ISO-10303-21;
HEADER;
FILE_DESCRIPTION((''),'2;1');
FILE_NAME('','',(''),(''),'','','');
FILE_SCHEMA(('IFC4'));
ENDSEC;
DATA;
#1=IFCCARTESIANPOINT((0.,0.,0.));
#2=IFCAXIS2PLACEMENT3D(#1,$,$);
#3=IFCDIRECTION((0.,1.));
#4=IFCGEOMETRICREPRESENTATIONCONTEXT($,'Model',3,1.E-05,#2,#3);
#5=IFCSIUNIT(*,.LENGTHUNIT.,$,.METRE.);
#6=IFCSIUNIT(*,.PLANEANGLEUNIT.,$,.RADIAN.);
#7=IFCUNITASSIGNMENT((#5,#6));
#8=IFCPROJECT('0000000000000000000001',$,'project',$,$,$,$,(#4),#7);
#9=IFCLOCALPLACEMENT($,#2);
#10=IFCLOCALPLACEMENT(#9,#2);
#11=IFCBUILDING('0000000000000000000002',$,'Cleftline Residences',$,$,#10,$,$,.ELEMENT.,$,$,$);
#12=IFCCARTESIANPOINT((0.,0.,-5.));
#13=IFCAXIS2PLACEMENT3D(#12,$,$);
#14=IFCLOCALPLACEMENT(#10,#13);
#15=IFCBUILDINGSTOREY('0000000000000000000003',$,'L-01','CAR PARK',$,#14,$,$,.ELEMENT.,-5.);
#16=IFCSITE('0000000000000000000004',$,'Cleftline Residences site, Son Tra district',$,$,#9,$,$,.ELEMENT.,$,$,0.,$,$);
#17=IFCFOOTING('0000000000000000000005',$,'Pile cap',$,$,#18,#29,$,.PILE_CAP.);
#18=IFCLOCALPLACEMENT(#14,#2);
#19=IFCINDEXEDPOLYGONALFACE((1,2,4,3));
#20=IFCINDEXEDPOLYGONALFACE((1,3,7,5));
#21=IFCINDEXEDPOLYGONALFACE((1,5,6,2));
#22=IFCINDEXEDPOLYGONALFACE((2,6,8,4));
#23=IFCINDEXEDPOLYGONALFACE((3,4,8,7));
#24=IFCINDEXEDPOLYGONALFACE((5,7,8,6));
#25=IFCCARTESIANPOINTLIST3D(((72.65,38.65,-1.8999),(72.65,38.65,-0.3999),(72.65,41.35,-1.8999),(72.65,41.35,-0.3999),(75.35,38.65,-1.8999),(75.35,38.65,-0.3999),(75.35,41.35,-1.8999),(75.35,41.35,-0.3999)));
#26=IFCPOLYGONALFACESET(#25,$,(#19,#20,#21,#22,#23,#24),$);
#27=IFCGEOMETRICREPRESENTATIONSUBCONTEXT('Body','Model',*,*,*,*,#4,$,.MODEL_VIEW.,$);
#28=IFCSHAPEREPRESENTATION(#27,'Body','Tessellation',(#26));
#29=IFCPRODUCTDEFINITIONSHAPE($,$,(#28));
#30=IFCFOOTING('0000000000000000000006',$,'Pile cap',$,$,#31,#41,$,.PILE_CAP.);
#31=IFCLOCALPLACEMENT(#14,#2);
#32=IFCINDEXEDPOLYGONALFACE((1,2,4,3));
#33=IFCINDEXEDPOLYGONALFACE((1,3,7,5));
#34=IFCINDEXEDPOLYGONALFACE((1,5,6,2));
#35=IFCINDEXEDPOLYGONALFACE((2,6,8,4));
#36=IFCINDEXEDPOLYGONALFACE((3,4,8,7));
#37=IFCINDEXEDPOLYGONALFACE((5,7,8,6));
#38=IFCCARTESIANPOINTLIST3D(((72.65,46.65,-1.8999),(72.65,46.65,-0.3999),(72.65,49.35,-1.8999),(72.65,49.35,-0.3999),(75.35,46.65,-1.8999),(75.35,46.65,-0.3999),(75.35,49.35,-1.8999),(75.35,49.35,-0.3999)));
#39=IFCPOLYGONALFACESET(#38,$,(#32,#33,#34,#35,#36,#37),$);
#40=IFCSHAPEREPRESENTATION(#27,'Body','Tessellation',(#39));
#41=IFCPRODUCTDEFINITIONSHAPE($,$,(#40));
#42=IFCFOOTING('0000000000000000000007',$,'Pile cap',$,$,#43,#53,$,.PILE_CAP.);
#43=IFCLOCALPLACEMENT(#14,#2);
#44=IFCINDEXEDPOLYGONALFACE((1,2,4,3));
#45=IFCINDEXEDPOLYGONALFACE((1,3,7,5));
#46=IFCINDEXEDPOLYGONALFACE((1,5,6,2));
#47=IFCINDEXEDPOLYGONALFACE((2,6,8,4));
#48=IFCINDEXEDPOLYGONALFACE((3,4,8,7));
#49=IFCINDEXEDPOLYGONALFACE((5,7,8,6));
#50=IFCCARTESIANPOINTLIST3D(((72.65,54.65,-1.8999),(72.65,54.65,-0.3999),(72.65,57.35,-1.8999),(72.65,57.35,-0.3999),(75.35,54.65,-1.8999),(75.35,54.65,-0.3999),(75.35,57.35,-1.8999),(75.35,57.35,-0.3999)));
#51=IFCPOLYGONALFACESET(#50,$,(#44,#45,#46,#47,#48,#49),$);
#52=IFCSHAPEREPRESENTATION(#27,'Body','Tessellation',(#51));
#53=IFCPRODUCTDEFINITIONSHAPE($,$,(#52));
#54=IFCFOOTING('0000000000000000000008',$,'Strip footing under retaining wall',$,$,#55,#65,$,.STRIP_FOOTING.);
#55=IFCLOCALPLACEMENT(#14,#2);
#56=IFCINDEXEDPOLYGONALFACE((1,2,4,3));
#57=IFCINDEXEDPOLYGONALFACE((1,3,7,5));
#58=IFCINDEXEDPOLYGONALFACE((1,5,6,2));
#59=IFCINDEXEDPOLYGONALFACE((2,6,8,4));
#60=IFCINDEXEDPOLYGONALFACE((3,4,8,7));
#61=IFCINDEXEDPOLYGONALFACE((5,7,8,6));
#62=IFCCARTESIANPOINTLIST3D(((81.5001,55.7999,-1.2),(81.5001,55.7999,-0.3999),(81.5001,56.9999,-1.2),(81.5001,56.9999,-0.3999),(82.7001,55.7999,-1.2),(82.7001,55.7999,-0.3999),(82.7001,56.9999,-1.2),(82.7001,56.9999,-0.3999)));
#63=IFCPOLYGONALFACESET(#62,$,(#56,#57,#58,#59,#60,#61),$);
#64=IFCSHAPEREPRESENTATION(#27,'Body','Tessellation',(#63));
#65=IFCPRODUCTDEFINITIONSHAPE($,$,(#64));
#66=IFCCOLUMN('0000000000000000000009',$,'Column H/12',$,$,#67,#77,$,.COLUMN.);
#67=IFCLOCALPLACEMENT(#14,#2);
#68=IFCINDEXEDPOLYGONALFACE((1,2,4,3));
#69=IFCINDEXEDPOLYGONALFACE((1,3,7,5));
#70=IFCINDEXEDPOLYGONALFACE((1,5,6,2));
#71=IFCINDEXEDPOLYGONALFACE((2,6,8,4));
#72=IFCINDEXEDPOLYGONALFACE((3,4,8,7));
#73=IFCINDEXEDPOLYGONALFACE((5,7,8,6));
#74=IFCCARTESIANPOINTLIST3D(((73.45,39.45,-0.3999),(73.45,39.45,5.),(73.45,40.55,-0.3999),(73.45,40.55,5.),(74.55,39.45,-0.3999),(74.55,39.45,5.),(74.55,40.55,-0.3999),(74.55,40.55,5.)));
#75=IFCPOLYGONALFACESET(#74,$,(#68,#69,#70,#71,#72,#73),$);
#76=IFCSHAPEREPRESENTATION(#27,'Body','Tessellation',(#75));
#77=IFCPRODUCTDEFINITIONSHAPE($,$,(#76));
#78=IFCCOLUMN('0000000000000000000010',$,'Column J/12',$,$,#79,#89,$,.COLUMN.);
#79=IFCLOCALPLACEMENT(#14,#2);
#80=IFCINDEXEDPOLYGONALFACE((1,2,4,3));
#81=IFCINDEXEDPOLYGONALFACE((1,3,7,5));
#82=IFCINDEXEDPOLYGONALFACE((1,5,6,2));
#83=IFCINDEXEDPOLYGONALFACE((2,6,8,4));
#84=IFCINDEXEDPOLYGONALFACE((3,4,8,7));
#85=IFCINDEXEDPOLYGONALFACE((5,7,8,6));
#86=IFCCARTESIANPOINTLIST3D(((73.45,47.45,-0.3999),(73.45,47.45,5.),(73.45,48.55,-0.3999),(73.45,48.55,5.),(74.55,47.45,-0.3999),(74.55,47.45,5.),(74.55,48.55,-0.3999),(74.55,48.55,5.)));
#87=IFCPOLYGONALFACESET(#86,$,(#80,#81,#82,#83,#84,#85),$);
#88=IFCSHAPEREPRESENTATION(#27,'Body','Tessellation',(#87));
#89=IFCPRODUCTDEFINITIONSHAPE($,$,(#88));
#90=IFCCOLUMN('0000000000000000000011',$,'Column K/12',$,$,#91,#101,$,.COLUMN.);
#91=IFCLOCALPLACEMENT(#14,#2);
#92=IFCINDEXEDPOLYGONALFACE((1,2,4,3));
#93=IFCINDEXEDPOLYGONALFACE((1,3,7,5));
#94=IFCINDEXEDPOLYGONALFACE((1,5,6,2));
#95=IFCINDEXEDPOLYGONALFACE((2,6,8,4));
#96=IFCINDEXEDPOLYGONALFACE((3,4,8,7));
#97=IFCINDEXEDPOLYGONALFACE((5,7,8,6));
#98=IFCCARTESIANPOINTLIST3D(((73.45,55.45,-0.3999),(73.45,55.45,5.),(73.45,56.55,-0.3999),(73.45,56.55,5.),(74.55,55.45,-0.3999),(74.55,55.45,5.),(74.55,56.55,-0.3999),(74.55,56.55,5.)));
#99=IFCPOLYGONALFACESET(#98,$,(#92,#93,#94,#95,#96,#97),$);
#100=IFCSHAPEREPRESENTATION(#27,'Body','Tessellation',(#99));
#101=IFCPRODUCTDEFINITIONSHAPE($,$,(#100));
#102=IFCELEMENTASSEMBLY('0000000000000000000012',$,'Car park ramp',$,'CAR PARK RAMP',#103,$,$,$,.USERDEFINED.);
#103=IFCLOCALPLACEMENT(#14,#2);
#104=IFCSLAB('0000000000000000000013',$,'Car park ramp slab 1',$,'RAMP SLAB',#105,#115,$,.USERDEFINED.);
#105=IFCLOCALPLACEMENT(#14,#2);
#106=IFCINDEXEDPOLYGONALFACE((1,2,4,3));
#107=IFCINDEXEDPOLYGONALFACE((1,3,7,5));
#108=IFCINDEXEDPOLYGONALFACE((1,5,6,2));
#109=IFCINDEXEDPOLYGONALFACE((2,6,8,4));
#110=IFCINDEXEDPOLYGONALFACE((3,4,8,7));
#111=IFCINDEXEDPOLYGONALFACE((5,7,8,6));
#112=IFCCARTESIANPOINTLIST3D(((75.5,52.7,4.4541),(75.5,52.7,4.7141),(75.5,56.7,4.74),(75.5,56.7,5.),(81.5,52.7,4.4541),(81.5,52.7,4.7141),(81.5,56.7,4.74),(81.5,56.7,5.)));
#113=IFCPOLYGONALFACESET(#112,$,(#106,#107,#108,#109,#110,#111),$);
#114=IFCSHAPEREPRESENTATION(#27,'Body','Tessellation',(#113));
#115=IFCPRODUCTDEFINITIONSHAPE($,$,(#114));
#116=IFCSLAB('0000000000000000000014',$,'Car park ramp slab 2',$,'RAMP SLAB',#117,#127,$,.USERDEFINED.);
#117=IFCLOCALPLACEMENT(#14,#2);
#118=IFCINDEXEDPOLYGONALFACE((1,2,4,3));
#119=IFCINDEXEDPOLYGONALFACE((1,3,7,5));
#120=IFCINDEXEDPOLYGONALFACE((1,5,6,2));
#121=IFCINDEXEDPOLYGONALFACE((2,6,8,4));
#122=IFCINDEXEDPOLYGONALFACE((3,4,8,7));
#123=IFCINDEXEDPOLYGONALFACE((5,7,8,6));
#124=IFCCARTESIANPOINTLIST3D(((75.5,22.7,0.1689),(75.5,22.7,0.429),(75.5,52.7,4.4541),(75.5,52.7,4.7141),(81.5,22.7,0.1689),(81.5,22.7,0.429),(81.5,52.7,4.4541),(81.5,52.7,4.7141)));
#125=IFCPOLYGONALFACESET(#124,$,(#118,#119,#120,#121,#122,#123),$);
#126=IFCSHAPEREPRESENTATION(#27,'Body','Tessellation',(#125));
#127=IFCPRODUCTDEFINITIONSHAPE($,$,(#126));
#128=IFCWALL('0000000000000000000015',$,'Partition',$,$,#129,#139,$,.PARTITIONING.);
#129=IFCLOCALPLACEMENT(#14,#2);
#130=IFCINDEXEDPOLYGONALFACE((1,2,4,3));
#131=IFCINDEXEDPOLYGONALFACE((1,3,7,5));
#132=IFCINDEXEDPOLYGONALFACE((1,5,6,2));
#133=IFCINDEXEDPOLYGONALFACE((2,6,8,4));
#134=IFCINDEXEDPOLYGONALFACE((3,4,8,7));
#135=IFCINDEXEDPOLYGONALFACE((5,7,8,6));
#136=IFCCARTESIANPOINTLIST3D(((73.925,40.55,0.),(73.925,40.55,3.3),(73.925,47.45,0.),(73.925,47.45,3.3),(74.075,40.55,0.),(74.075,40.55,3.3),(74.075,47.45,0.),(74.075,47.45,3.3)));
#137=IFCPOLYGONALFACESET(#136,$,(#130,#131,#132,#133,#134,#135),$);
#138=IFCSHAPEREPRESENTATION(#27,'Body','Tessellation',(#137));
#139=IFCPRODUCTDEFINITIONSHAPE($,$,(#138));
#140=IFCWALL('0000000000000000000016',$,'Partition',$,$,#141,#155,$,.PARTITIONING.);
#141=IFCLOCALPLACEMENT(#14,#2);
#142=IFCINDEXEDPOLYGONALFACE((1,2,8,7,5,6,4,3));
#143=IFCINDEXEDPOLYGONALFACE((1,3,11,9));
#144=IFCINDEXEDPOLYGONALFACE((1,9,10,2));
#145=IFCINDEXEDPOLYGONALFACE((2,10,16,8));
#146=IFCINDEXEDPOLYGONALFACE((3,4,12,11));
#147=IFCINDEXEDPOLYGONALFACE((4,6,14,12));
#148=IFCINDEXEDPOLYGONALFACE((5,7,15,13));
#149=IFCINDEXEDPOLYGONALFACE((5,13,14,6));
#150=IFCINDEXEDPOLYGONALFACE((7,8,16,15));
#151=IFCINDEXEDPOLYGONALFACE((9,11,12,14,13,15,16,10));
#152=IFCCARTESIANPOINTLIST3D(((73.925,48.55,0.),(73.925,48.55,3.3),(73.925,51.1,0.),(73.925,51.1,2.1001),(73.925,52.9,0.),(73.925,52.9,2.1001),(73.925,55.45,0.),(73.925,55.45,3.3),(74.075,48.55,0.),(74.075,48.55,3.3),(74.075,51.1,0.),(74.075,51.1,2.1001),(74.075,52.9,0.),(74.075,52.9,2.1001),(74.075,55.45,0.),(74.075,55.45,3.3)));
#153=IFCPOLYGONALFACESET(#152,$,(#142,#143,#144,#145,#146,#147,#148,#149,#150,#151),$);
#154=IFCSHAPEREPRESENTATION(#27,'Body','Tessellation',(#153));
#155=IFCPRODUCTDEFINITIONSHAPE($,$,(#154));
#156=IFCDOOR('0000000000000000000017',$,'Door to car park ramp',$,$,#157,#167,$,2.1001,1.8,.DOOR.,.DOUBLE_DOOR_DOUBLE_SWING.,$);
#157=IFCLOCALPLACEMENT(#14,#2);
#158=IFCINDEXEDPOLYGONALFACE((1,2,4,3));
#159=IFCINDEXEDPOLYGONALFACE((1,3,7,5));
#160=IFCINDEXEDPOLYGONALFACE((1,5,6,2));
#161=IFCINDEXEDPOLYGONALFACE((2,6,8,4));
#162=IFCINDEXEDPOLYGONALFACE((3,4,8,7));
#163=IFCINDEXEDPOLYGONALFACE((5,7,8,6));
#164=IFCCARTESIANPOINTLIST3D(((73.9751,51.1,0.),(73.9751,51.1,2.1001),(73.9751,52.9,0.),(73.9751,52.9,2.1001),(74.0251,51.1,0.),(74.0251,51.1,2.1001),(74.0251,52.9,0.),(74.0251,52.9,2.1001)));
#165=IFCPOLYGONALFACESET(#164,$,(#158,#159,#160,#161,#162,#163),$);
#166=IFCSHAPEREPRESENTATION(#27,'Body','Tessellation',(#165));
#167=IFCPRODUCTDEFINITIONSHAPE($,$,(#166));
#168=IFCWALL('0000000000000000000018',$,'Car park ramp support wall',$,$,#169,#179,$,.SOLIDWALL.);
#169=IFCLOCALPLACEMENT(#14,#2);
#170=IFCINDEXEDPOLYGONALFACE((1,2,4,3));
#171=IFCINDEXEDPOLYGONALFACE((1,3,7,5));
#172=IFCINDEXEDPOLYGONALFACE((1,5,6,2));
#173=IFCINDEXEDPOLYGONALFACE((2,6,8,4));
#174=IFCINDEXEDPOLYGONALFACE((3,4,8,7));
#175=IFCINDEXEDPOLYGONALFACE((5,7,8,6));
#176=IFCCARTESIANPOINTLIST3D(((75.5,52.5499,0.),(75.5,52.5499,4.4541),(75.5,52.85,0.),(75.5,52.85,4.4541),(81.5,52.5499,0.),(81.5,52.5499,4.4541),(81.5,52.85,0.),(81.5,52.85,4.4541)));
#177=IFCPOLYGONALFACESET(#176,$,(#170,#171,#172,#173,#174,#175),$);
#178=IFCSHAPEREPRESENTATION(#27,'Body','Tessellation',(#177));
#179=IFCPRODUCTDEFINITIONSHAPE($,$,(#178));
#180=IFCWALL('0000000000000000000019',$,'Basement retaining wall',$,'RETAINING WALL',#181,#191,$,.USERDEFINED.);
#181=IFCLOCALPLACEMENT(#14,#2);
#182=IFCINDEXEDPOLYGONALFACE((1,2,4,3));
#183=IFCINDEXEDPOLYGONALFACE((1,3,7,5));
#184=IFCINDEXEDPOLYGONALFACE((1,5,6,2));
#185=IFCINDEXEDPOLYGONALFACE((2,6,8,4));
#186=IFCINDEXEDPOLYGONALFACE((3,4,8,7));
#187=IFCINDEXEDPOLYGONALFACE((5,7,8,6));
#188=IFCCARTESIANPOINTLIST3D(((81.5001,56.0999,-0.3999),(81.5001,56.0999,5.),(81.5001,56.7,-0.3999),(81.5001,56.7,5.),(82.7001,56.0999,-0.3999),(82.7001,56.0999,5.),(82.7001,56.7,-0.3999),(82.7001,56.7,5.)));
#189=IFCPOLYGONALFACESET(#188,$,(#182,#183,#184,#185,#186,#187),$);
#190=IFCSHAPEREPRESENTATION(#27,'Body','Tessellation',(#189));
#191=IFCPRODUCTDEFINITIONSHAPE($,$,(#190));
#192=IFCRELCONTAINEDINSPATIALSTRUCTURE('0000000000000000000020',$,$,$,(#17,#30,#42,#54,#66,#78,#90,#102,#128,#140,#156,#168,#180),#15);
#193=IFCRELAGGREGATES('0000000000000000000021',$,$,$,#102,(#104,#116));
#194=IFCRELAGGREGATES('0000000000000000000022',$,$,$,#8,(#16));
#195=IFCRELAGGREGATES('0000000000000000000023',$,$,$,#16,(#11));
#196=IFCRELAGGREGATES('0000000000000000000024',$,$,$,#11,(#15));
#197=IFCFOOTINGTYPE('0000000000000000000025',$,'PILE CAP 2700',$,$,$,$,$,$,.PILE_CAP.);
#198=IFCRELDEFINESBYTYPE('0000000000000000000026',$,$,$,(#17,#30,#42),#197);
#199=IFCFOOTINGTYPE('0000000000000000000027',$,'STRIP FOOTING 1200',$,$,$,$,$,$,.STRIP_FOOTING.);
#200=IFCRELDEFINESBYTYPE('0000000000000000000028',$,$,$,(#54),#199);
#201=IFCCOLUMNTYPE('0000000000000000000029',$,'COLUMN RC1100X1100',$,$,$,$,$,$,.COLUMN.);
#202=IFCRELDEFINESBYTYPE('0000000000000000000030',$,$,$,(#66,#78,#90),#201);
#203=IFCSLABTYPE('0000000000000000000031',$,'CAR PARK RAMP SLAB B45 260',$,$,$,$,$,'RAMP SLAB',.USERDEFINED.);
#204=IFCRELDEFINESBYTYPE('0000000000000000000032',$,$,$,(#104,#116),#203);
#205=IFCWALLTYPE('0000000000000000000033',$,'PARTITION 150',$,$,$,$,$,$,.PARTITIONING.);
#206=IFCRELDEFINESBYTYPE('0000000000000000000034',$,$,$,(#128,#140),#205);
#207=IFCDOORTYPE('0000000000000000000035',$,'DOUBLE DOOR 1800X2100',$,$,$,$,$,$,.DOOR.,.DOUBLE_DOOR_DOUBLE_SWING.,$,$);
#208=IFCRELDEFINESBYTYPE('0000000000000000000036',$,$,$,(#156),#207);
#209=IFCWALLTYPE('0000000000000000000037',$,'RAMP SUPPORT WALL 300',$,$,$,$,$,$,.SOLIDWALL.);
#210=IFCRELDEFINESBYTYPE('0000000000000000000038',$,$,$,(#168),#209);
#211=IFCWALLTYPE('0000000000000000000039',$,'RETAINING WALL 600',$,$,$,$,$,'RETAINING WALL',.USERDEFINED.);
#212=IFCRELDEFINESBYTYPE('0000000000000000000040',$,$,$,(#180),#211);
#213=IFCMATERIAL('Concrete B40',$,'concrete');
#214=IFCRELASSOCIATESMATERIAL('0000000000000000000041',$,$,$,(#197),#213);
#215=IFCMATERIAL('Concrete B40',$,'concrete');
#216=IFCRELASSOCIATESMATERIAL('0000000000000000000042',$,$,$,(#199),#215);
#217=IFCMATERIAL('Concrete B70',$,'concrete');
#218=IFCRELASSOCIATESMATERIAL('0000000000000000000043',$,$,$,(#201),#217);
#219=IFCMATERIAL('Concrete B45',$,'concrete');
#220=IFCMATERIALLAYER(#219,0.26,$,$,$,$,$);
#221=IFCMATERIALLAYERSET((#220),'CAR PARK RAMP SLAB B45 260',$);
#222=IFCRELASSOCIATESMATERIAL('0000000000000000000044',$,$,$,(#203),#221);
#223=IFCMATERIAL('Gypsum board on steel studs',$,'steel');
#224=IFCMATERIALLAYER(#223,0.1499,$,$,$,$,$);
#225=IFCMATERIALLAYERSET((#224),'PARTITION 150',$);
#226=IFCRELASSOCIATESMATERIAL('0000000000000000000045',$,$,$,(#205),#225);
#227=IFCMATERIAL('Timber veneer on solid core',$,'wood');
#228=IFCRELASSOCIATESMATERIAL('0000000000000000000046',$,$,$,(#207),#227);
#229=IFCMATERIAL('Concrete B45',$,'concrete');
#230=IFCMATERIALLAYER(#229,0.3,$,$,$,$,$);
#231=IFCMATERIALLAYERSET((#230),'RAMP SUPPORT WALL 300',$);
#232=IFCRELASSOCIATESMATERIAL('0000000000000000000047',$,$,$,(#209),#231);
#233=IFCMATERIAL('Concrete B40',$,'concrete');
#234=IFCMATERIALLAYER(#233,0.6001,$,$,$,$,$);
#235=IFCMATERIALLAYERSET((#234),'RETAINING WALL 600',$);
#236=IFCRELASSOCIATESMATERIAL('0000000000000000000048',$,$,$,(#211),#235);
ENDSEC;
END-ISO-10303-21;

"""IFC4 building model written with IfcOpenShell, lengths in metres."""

from ifc_helpers import new_model, si_unit, direction, frame, frame_2d, origin, origin_2d, place, context, subcontext, project, spatial, polyline, rectangle, outline, extrude, material, layer, layer_set, material_profile, profile_set, type_object, element, fill, aggregate, save


model = new_model("IFC4")

# Units and contexts
model_context = context("Model", 3, precision=1e-05, world=origin(), true_north=direction((0.0, 1.0)))
body_context = subcontext(model_context, "Body", "Model", "MODEL_VIEW")
ifc_project = project(units=[si_unit("LENGTHUNIT", "METRE"), si_unit("PLANEANGLEUNIT", "RADIAN")], contexts=[model_context])

# Site, building, storey
site_placement = place(None, origin())
site = spatial("IfcSite", under=ifc_project, at=site_placement, Name="Cleftline Residences site, Son Tra district", CompositionType="ELEMENT", RefElevation=0.0)
building_placement = place(site_placement, origin())
building = spatial("IfcBuilding", under=site, at=building_placement, Name="Cleftline Residences", CompositionType="ELEMENT")
storey_placement = place(building_placement, frame((0.0, 0.0, -5.0)))
storey = spatial("IfcBuildingStorey", under=building, at=storey_placement, Name="L-01", Description="CAR PARK", CompositionType="ELEMENT", Elevation=-5.0)

# Footings
ifc_material_1 = material(Name="Concrete B40", Category="concrete")
footing_type_1 = type_object("IfcFootingType", Name="PILE CAP 2700", PredefinedType="PILE_CAP", material=ifc_material_1)
for number, where, z_axis, x_axis, name in (
    (1, (74.0, 40.0, -1.8999), (0.0, 0.0, 1.0), (1.0, 0.0, 0.0), "Pile cap"),
    (2, (74.0, 48.0, -1.8999), (0.0, 0.0, 1.0), (1.0, 0.0, 0.0), "Pile cap"),
    (3, (74.0, 56.0, -1.8999), (0.0, 0.0, 1.0), (1.0, 0.0, 0.0), "Pile cap"),
):
    element("IfcFooting", number, at=place(storey_placement, frame(where, z_axis=z_axis, x_axis=x_axis)), inside=storey, type_object=footing_type_1, Name=name, PredefinedType="PILE_CAP", context=body_context, shape_type="SweptSolid", body=[
        extrude(rectangle(XDim=2.7, YDim=2.7, at=origin_2d()), origin(), (0.0, 0.0, 1.0), 1.5),
    ])
ifc_material_2 = material(Name="Concrete B40", Category="concrete")
footing_type_2 = type_object("IfcFootingType", Name="STRIP FOOTING 1200", PredefinedType="STRIP_FOOTING", material=ifc_material_2)
footing_placement = place(storey_placement, frame((81.5, 56.3999, -1.2), z_axis=(0.0, 0.0, 1.0), x_axis=(1.0, 0.0, 0.0)))
element("IfcFooting", 4, at=footing_placement, inside=storey, type_object=footing_type_2, Name="Strip footing under retaining wall", PredefinedType="STRIP_FOOTING", context=body_context, shape_type="SweptSolid", body=[
    extrude(rectangle(XDim=1.2, YDim=1.2, at=frame_2d((0.6001, 0.0))), origin(), (0.0, 0.0, 1.0), 0.8),
])

# Columns
ifc_material_3 = material(Name="Concrete B70", Category="concrete")
ifc_material_profile_1 = material_profile(ifc_material_3, rectangle(XDim=1.1001, YDim=1.1001, at=origin_2d()))
ifc_profile_set_1 = profile_set([ifc_material_profile_1], Name="Concrete B70")
column_type = type_object("IfcColumnType", Name="COLUMN RC1100X1100", PredefinedType="COLUMN", material=ifc_profile_set_1)
for number, where, z_axis, x_axis, name in (
    (5, (74.0, 40.0, -0.3999), (0.0, 0.0, 1.0), (1.0, 0.0, 0.0), "Column H/12"),
    (6, (74.0, 48.0, -0.3999), (0.0, 0.0, 1.0), (1.0, 0.0, 0.0), "Column J/12"),
    (7, (74.0, 56.0, -0.3999), (0.0, 0.0, 1.0), (1.0, 0.0, 0.0), "Column K/12"),
):
    element("IfcColumn", number, at=place(storey_placement, frame(where, z_axis=z_axis, x_axis=x_axis)), inside=storey, type_object=column_type, Name=name, PredefinedType="COLUMN", context=body_context, shape_type="SweptSolid", body=[
        extrude(rectangle(XDim=1.1001, YDim=1.1001, at=origin_2d()), origin(), (0.0, 0.0, 1.0), 5.3999),
    ])

# Element assembly, slabs
assembly_placement = place(storey_placement, origin())
assembly = element("IfcElementAssembly", 8, at=assembly_placement, inside=storey, Name="Car park ramp", ObjectType="CAR PARK RAMP", PredefinedType="USERDEFINED")
ifc_material_4 = material(Name="Concrete B45", Category="concrete")
ifc_layer_1 = layer(ifc_material_4, 0.26)
ifc_layer_set_1 = layer_set([ifc_layer_1], Name="CAR PARK RAMP SLAB B45 260")
slab_type = type_object("IfcSlabType", Name="CAR PARK RAMP SLAB B45 260", ElementType="RAMP SLAB", PredefinedType="USERDEFINED", material=ifc_layer_set_1)
slab_1_placement = place(storey_placement, frame((78.5, 56.7, 5.0), z_axis=(0.0, 0.0, 1.0), x_axis=(0.0, -1.0, 0.0)))
slab_1 = element("IfcSlab", 9, at=slab_1_placement, type_object=slab_type, Name="Car park ramp slab 1", ObjectType="RAMP SLAB", PredefinedType="USERDEFINED", context=body_context, shape_type="SweptSolid", body=[
    extrude(outline(polyline([(0.0, 0.0), (4.0, -0.2859), (4.0, -0.5459), (0.0, -0.26), (0.0, 0.0)])), frame((0.0, 3.0, 0.0), z_axis=(0.0, -1.0, 0.0), x_axis=(1.0, 0.0, 0.0)), (0.0, 0.0, 1.0), 6.0),
])
slab_2_placement = place(storey_placement, frame((78.5, 52.7, 4.7141), z_axis=(0.0, 0.0, 1.0), x_axis=(0.0, -1.0, 0.0)))
slab_2 = element("IfcSlab", 10, at=slab_2_placement, type_object=slab_type, Name="Car park ramp slab 2", ObjectType="RAMP SLAB", PredefinedType="USERDEFINED", context=body_context, shape_type="SweptSolid", body=[
    extrude(outline(polyline([(0.0, 0.0), (30.0, -4.2852), (30.0, -4.5452), (0.0, -0.26), (0.0, 0.0)])), frame((0.0, 3.0, 0.0), z_axis=(0.0, -1.0, 0.0), x_axis=(1.0, 0.0, 0.0)), (0.0, 0.0, 1.0), 6.0),
])
aggregate(assembly, [slab_1, slab_2])

# Wall
ifc_material_5 = material(Name="Gypsum board on steel studs", Category="steel")
ifc_layer_2 = layer(ifc_material_5, 0.1499)
ifc_layer_set_2 = layer_set([ifc_layer_2], Name="PARTITION 150")
wall_type_1 = type_object("IfcWallType", Name="PARTITION 150", PredefinedType="PARTITIONING", material=ifc_layer_set_2)
wall_1_placement = place(storey_placement, frame((74.0, 40.55, 0.0), z_axis=(0.0, 0.0, 1.0), x_axis=(0.0, 1.0, 0.0)))
element("IfcWall", 11, at=wall_1_placement, inside=storey, type_object=wall_type_1, Name="Partition", PredefinedType="PARTITIONING", context=body_context, shape_type="SweptSolid", body=[
    extrude(rectangle(XDim=6.8999, YDim=0.1499, at=frame_2d((3.45, 0.0))), origin(), (0.0, 0.0, 1.0), 3.3),
])

# Wall, opening, door
wall_2_placement = place(storey_placement, frame((74.0, 48.55, 0.0), z_axis=(0.0, 0.0, 1.0), x_axis=(0.0, 1.0, 0.0)))
wall_2 = element("IfcWall", 12, at=wall_2_placement, inside=storey, type_object=wall_type_1, Name="Partition", PredefinedType="PARTITIONING", context=body_context, shape_type="SweptSolid", body=[
    extrude(rectangle(XDim=6.8999, YDim=0.1499, at=frame_2d((3.45, 0.0))), origin(), (0.0, 0.0, 1.0), 3.3),
])
opening_placement = place(wall_2_placement, frame((2.55, 0.0, 0.0)))
opening = element("IfcOpeningElement", 13, at=opening_placement, cuts=wall_2, PredefinedType="OPENING", context=body_context, shape_type="SweptSolid", body=[
    extrude(rectangle(XDim=1.8, YDim=2.1001, at=frame_2d((0.8999, 1.05))), frame((0.0, 0.085, 0.0), z_axis=(0.0, -1.0, 0.0), x_axis=(1.0, 0.0, 0.0)), (0.0, 0.0, 1.0), 0.1699),
])
ifc_material_6 = material(Name="Timber veneer on solid core", Category="wood")
door_type = type_object("IfcDoorType", Name="DOUBLE DOOR 1800X2100", OperationType="DOUBLE_DOOR_DOUBLE_SWING", PredefinedType="DOOR", material=ifc_material_6)
door_placement = place(opening_placement, origin())
door = element("IfcDoor", 14, at=door_placement, inside=storey, type_object=door_type, Name="Door to car park ramp", OperationType="DOUBLE_DOOR_DOUBLE_SWING", OverallHeight=2.1001, OverallWidth=1.8, PredefinedType="DOOR", context=body_context, shape_type="SweptSolid", body=[
    extrude(rectangle(XDim=1.8, YDim=2.1001, at=frame_2d((0.8999, 1.05))), frame((0.0, 0.0249, 0.0), z_axis=(0.0, -1.0, 0.0), x_axis=(1.0, 0.0, 0.0)), (0.0, 0.0, 1.0), 0.05),
])
fill(opening, door)

# Walls
ifc_material_7 = material(Name="Concrete B45", Category="concrete")
ifc_layer_3 = layer(ifc_material_7, 0.3)
ifc_layer_set_3 = layer_set([ifc_layer_3], Name="RAMP SUPPORT WALL 300")
wall_type_2 = type_object("IfcWallType", Name="RAMP SUPPORT WALL 300", PredefinedType="SOLIDWALL", material=ifc_layer_set_3)
wall_3_placement = place(storey_placement, frame((75.5, 52.7, 0.0), z_axis=(0.0, 0.0, 1.0), x_axis=(1.0, 0.0, 0.0)))
element("IfcWall", 15, at=wall_3_placement, inside=storey, type_object=wall_type_2, Name="Car park ramp support wall", PredefinedType="SOLIDWALL", context=body_context, shape_type="SweptSolid", body=[
    extrude(rectangle(XDim=6.0, YDim=0.3, at=frame_2d((3.0, 0.0))), origin(), (0.0, 0.0, 1.0), 4.4541),
])
ifc_material_8 = material(Name="Concrete B40", Category="concrete")
ifc_layer_4 = layer(ifc_material_8, 0.6001)
ifc_layer_set_4 = layer_set([ifc_layer_4], Name="RETAINING WALL 600")
wall_type_3 = type_object("IfcWallType", Name="RETAINING WALL 600", ElementType="RETAINING WALL", PredefinedType="USERDEFINED", material=ifc_layer_set_4)
wall_4_placement = place(storey_placement, frame((81.5, 56.3999, -0.3999), z_axis=(0.0, 0.0, 1.0), x_axis=(1.0, 0.0, 0.0)))
element("IfcWall", 16, at=wall_4_placement, inside=storey, type_object=wall_type_3, Name="Basement retaining wall", ObjectType="RETAINING WALL", PredefinedType="USERDEFINED", context=body_context, shape_type="SweptSolid", body=[
    extrude(rectangle(XDim=1.2, YDim=0.6001, at=frame_2d((0.6001, 0.0))), origin(), (0.0, 0.0, 1.0), 5.3999),
])

save(model, "model.ifc")
